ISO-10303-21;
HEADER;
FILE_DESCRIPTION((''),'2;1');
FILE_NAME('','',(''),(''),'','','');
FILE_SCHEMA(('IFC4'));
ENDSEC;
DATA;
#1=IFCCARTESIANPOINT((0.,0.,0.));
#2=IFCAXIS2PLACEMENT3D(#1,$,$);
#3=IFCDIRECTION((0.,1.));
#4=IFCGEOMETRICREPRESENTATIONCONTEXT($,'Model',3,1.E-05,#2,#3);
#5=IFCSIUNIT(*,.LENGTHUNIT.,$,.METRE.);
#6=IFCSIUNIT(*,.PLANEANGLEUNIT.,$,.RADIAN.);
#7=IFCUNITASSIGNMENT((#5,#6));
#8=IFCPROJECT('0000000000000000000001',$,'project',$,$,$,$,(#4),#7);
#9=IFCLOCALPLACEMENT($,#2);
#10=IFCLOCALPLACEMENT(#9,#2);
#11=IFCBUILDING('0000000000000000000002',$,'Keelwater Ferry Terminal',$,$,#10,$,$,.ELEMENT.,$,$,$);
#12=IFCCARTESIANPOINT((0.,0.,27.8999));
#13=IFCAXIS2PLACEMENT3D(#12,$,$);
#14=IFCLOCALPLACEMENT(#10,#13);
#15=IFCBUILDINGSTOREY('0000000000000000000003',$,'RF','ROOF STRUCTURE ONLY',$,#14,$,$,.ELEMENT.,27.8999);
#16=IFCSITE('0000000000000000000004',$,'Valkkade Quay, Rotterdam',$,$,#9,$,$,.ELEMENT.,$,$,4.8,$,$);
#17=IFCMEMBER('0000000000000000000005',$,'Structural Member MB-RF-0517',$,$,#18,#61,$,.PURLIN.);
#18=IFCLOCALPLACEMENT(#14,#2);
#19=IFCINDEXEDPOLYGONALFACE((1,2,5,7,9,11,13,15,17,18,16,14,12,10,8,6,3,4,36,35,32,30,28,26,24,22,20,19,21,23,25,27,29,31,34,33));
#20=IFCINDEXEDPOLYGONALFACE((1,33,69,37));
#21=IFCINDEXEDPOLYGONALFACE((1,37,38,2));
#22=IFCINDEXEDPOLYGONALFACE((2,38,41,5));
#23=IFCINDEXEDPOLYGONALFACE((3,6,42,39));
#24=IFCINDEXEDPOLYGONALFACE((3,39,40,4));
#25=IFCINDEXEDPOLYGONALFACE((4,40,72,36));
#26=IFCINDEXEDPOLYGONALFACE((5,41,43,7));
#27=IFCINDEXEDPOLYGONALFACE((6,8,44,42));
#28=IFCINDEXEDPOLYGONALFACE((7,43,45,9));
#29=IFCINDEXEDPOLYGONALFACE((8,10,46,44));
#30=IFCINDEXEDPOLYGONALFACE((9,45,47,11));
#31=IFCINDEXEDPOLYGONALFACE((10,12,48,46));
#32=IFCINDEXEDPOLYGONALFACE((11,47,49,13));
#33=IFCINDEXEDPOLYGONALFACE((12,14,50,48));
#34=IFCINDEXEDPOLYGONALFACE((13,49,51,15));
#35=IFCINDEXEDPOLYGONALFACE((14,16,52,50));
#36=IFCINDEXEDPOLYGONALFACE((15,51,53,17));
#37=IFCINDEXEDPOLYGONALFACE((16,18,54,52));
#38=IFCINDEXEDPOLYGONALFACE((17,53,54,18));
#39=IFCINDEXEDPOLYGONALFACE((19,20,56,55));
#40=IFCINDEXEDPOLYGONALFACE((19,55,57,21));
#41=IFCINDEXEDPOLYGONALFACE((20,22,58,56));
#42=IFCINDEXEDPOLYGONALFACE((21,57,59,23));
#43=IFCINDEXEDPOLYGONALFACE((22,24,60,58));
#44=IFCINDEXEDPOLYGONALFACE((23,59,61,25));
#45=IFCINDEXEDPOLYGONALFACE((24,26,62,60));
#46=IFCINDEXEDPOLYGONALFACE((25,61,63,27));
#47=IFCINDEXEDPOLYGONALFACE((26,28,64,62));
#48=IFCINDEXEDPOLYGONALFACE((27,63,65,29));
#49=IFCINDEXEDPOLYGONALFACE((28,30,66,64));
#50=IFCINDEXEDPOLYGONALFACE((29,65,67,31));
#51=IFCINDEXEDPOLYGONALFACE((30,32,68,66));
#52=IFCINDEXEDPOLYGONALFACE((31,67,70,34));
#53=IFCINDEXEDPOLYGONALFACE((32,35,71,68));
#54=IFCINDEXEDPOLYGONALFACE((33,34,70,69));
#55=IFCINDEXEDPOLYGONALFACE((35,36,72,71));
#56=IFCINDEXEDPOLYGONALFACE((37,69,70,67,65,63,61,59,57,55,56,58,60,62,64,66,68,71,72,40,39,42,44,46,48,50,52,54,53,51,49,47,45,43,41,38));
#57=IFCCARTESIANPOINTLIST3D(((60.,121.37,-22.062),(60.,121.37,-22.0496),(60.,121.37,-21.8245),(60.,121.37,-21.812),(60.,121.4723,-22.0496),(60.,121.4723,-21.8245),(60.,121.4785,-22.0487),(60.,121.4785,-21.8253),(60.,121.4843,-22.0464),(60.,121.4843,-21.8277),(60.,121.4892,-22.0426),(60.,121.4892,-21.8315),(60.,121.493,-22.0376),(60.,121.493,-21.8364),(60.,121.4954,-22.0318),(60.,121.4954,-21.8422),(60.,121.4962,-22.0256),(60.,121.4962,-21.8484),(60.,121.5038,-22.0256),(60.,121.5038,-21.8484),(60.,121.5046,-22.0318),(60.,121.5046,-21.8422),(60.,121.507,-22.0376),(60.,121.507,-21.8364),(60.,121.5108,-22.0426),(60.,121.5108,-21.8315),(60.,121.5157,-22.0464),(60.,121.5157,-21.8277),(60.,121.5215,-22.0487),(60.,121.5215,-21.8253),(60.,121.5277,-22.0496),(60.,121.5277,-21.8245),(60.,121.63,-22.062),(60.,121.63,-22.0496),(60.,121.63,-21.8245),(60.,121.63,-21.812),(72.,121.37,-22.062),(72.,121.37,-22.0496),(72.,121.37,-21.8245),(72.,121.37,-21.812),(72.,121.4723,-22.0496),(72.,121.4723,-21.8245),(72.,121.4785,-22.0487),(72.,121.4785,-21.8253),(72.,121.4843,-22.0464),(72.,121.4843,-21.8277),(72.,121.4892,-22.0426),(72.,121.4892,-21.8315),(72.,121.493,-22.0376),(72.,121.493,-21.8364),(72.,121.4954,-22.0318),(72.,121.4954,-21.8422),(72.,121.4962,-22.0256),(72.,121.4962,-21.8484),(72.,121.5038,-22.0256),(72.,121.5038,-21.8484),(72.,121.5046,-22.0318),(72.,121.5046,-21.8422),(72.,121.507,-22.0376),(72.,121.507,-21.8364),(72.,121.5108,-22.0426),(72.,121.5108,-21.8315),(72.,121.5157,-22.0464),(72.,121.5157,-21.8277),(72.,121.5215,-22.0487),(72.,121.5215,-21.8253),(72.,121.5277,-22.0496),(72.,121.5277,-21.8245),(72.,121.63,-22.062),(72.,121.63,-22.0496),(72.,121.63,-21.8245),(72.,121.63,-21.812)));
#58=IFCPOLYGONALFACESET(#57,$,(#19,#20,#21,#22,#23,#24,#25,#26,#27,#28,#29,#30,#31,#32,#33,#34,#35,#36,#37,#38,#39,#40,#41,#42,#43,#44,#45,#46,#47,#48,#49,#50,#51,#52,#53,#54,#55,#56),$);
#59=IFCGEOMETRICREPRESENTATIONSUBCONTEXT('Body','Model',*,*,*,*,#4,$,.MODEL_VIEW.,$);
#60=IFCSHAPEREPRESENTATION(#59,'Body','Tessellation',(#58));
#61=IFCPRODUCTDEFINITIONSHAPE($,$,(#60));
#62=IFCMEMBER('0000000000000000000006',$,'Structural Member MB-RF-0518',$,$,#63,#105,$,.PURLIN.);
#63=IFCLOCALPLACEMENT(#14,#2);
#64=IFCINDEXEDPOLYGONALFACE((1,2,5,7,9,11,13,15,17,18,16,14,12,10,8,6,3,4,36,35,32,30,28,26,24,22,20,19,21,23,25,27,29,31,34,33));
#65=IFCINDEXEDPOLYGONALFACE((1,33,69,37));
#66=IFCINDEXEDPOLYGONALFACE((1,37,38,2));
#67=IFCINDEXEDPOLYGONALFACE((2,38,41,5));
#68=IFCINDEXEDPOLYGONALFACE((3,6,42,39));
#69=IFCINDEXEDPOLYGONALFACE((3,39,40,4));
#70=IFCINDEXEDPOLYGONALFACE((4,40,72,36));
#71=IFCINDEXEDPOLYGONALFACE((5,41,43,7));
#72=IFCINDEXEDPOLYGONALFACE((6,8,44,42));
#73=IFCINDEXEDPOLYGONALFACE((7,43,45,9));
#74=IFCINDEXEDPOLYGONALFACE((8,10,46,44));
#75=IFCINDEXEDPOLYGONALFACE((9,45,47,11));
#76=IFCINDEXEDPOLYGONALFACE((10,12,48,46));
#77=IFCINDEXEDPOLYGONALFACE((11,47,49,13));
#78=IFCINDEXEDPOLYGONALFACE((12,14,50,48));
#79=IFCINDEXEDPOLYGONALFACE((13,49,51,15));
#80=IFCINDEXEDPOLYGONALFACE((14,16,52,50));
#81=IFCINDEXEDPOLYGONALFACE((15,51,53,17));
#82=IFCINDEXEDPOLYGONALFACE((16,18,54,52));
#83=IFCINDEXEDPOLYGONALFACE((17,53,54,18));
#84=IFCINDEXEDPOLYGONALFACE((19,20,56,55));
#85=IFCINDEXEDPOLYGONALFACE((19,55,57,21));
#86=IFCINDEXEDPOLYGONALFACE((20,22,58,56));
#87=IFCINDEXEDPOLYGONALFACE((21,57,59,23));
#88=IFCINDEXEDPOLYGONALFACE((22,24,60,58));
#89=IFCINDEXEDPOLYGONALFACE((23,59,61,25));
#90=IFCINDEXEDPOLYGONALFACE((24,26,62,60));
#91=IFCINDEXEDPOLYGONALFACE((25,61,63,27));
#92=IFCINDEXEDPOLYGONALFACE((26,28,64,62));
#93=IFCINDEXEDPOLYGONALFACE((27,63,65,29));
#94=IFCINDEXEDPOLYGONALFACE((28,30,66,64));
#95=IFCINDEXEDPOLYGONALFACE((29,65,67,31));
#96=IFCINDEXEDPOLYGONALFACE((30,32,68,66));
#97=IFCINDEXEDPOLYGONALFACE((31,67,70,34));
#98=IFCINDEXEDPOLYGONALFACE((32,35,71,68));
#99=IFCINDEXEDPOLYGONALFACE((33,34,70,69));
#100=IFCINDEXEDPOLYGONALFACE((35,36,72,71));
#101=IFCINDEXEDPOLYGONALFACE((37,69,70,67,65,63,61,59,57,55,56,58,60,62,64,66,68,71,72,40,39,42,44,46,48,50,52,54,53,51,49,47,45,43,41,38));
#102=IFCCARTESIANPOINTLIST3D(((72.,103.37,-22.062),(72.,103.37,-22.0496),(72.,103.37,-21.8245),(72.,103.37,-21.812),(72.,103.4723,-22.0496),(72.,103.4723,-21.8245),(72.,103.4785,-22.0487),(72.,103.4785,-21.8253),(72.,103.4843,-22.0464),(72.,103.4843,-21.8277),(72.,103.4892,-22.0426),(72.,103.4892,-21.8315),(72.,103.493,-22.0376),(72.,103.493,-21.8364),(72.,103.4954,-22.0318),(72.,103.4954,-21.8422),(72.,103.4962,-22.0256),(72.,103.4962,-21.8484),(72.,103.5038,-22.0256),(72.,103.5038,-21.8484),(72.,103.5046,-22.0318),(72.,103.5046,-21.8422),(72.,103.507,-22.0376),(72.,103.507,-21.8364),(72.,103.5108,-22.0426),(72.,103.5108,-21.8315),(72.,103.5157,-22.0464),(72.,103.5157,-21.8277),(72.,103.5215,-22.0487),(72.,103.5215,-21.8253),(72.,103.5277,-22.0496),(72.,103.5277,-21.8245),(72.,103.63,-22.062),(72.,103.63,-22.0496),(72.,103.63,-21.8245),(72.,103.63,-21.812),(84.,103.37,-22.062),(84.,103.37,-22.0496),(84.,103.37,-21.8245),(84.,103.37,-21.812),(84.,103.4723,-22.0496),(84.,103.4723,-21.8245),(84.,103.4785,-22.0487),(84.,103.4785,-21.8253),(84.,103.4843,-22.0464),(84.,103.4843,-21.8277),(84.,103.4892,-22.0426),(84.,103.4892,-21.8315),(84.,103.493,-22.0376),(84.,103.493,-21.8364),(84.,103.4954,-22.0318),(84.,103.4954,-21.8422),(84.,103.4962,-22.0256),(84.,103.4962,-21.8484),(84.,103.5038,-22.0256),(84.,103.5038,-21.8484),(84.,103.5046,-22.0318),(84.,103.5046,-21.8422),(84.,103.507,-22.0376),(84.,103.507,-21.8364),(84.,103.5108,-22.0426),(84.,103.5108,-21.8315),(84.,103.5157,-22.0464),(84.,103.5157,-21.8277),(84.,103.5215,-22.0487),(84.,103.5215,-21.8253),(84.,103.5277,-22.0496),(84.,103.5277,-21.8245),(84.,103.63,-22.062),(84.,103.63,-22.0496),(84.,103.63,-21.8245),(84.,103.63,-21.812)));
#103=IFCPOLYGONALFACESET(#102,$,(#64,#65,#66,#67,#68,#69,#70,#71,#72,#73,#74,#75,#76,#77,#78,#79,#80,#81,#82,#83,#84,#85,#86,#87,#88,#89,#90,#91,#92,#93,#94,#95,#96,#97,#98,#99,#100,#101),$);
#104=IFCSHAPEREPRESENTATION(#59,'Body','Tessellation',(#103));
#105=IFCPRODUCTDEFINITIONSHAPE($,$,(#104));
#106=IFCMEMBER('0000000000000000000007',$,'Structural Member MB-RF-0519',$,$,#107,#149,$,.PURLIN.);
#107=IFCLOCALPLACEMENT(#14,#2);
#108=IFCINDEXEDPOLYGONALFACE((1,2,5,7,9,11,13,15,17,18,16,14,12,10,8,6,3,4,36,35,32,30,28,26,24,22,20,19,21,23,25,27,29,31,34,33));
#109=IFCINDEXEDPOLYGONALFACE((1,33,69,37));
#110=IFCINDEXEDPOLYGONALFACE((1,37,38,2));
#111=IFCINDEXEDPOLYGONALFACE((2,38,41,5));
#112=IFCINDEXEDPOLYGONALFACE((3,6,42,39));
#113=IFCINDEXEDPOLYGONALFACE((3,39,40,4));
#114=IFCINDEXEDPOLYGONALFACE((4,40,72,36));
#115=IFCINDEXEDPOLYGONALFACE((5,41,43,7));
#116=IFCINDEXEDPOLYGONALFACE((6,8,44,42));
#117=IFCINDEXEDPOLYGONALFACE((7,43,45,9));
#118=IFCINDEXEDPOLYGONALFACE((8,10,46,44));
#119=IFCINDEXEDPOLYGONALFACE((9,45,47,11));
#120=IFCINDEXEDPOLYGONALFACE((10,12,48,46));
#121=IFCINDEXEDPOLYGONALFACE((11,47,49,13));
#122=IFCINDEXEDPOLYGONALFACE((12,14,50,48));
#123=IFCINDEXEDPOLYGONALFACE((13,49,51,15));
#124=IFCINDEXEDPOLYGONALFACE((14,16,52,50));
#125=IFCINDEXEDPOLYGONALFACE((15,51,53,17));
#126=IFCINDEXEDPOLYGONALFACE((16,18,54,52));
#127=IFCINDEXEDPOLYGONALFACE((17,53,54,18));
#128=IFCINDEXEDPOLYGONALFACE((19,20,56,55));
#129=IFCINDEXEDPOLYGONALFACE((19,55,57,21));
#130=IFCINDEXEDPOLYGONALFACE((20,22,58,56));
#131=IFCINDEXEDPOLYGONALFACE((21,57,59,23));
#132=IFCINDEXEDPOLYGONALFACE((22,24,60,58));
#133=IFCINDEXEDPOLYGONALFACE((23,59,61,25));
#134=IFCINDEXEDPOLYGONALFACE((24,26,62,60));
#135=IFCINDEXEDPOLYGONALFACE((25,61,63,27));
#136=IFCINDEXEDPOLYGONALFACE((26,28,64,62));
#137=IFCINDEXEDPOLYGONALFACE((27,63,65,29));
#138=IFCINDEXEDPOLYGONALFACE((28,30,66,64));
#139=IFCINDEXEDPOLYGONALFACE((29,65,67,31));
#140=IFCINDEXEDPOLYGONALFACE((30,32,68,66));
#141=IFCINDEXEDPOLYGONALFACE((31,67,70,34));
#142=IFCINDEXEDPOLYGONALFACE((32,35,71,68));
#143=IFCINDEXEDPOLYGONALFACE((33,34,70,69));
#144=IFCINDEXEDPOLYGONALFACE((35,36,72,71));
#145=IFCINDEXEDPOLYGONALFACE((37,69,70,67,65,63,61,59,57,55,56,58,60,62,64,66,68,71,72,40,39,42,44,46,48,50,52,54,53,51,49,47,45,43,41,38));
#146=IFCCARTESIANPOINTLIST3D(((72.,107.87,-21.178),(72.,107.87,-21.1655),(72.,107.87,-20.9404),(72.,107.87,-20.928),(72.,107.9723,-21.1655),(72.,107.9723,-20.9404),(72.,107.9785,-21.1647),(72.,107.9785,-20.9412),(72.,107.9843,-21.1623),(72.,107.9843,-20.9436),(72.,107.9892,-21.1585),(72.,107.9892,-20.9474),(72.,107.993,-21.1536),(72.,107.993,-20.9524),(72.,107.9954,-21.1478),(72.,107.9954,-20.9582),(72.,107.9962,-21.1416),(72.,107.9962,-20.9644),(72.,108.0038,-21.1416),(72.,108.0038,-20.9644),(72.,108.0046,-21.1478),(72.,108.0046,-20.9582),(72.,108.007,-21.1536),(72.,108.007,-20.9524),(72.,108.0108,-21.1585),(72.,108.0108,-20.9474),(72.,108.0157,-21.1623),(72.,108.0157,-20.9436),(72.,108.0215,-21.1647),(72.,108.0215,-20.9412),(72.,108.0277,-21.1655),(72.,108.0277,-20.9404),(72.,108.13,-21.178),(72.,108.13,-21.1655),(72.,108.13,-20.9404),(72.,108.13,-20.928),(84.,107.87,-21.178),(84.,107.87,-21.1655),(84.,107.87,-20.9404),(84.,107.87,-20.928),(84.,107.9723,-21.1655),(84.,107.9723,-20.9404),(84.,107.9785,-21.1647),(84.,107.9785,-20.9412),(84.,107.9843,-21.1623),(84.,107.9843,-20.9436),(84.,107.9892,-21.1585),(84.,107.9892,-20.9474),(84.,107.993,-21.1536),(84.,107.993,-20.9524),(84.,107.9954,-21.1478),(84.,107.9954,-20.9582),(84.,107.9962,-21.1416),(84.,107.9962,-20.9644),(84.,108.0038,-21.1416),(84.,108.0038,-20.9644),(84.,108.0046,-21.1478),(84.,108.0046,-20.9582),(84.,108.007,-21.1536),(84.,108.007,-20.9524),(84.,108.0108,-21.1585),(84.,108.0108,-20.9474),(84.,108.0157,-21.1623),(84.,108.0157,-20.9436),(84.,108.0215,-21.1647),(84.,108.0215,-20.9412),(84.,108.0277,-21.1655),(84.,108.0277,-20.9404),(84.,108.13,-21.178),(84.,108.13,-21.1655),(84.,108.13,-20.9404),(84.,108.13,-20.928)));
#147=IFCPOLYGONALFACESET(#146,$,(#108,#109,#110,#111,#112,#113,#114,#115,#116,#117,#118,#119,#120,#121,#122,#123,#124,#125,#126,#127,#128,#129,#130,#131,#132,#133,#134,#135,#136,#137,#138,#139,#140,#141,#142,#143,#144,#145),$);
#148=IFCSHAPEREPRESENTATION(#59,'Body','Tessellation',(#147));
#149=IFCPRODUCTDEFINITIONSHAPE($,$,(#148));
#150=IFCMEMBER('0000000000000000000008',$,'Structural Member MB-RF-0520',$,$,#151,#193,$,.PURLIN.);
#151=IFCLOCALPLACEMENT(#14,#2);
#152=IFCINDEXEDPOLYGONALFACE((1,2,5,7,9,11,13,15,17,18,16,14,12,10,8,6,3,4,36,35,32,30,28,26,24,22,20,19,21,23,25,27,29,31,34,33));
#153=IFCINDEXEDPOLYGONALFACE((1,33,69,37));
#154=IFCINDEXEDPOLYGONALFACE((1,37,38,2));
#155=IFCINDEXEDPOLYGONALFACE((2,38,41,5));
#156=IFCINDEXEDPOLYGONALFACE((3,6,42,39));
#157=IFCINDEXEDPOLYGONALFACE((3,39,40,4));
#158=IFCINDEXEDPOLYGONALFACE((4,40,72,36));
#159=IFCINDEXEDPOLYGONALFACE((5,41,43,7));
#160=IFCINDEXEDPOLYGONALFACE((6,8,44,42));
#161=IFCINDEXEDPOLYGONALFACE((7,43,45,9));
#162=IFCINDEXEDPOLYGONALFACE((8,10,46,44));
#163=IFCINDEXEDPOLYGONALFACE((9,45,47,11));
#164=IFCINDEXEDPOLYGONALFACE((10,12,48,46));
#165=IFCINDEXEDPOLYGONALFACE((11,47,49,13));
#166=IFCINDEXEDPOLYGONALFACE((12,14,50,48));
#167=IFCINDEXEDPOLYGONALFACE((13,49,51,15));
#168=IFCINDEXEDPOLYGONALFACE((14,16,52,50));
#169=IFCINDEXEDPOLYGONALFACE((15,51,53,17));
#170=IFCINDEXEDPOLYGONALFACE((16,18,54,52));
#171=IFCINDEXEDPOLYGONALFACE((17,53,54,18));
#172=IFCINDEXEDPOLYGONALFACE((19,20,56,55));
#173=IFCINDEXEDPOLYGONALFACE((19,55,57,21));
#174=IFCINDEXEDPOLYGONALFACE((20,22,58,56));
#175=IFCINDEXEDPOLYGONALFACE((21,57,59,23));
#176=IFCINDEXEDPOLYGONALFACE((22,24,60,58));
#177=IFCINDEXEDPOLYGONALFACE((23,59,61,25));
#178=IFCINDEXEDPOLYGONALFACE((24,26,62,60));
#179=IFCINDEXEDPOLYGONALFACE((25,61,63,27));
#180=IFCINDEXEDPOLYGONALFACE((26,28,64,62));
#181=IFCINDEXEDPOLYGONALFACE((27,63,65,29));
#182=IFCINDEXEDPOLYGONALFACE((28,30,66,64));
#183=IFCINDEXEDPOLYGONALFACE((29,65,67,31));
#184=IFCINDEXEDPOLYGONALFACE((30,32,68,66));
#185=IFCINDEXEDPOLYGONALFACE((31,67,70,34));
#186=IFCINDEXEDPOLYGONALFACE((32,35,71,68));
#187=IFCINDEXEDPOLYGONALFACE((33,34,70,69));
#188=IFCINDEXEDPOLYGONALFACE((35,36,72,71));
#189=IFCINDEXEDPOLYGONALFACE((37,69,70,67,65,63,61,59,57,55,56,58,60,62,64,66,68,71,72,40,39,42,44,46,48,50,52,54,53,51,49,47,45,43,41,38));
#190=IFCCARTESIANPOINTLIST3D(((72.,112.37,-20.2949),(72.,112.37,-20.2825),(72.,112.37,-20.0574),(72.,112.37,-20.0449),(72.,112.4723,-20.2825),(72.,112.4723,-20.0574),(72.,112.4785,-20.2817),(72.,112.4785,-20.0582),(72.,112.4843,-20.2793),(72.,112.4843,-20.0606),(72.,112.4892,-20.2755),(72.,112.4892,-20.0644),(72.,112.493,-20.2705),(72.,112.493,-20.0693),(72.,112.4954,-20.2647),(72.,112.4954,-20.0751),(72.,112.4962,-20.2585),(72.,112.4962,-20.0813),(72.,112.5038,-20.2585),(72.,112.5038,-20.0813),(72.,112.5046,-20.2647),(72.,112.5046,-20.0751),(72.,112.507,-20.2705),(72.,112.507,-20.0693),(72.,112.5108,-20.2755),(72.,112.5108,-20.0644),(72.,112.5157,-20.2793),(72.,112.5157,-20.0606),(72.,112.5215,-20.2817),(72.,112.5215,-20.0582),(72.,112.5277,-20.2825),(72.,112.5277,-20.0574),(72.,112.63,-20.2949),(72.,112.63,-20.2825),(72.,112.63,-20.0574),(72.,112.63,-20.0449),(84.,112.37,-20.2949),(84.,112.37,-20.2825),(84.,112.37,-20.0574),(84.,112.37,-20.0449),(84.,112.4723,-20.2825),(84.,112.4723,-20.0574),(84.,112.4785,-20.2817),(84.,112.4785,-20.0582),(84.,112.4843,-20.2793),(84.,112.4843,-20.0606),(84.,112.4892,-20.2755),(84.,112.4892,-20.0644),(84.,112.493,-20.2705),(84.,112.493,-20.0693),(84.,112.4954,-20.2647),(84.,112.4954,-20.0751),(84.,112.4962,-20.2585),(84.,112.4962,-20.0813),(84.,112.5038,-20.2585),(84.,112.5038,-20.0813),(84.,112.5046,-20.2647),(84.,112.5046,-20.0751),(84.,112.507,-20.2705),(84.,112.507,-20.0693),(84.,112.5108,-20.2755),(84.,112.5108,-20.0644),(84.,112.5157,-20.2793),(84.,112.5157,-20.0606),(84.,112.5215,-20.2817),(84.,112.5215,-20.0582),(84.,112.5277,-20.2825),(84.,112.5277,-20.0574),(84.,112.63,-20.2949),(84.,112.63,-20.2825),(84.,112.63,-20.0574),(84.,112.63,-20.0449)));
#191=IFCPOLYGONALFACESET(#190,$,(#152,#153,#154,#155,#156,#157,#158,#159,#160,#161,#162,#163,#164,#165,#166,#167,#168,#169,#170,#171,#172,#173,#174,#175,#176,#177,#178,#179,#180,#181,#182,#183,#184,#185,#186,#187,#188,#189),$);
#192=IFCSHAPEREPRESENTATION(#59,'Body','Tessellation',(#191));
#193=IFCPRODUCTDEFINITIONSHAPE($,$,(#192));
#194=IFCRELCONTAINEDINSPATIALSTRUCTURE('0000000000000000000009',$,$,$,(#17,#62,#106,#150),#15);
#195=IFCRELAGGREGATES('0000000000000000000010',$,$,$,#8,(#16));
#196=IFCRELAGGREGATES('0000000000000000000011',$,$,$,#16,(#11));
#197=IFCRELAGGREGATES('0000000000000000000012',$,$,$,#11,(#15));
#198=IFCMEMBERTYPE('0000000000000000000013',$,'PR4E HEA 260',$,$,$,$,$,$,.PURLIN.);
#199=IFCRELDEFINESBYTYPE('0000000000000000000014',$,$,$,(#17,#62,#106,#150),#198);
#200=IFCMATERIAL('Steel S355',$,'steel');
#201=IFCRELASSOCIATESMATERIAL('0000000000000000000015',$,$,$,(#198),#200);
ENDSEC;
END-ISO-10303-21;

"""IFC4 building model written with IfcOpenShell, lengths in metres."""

from ifc_helpers import new_model, si_unit, direction, frame, origin, origin_2d, place, context, subcontext, project, spatial, i_section, extrude, material, material_profile, profile_set, type_object, element, save


model = new_model("IFC4")

# Units and contexts
model_context = context("Model", 3, precision=1e-05, world=origin(), true_north=direction((0.0, 1.0)))
body_context = subcontext(model_context, "Body", "Model", "MODEL_VIEW")
ifc_project = project(units=[si_unit("LENGTHUNIT", "METRE"), si_unit("PLANEANGLEUNIT", "RADIAN")], contexts=[model_context])

# Site, building, storey
site_placement = place(None, origin())
site = spatial("IfcSite", under=ifc_project, at=site_placement, Name="Valkkade Quay, Rotterdam", CompositionType="ELEMENT", RefElevation=4.8)
building_placement = place(site_placement, origin())
building = spatial("IfcBuilding", under=site, at=building_placement, Name="Keelwater Ferry Terminal", CompositionType="ELEMENT")
storey_placement = place(building_placement, frame((0.0, 0.0, 27.8999)))
storey = spatial("IfcBuildingStorey", under=building, at=storey_placement, Name="RF", Description="ROOF STRUCTURE ONLY", CompositionType="ELEMENT", Elevation=27.8999)

# Members
ifc_material_1 = material(Name="Steel S355", Category="steel")
ifc_material_profile_1 = material_profile(ifc_material_1, i_section(OverallWidth=0.26, OverallDepth=0.25, WebThickness=0.0076, FlangeThickness=0.0125, FilletRadius=0.0239, at=origin_2d()), Name="HEA 260")
ifc_profile_set_1 = profile_set([ifc_material_profile_1], Name="Steel S355")
member_type_1 = type_object("IfcMemberType", Name="PR4E HEA 260", PredefinedType="PURLIN", material=ifc_profile_set_1)
for number, where, z_axis, x_axis, name in (
    (1, (60.0, 121.5, -21.937), (1.0, 0.0, 0.0), (0.0, 1.0, 0.0), "Structural Member MB-RF-0517"),
    (2, (72.0, 103.5, -21.937), (1.0, 0.0, 0.0), (0.0, 1.0, 0.0), "Structural Member MB-RF-0518"),
    (3, (72.0, 108.0, -21.053), (1.0, 0.0, 0.0), (0.0, 1.0, 0.0), "Structural Member MB-RF-0519"),
    (4, (72.0, 112.5, -20.1699), (1.0, 0.0, 0.0), (0.0, 1.0, 0.0), "Structural Member MB-RF-0520"),
):
    element("IfcMember", number, at=place(storey_placement, frame(where, z_axis=z_axis, x_axis=x_axis)), inside=storey, type_object=member_type_1, Name=name, PredefinedType="PURLIN", context=body_context, shape_type="SweptSolid", body=[
        extrude(i_section(OverallWidth=0.26, OverallDepth=0.25, WebThickness=0.0076, FlangeThickness=0.0125, FilletRadius=0.0239, at=origin_2d()), origin(), (0.0, 0.0, 1.0), 12.0),
    ])

save(model, "model.ifc")
